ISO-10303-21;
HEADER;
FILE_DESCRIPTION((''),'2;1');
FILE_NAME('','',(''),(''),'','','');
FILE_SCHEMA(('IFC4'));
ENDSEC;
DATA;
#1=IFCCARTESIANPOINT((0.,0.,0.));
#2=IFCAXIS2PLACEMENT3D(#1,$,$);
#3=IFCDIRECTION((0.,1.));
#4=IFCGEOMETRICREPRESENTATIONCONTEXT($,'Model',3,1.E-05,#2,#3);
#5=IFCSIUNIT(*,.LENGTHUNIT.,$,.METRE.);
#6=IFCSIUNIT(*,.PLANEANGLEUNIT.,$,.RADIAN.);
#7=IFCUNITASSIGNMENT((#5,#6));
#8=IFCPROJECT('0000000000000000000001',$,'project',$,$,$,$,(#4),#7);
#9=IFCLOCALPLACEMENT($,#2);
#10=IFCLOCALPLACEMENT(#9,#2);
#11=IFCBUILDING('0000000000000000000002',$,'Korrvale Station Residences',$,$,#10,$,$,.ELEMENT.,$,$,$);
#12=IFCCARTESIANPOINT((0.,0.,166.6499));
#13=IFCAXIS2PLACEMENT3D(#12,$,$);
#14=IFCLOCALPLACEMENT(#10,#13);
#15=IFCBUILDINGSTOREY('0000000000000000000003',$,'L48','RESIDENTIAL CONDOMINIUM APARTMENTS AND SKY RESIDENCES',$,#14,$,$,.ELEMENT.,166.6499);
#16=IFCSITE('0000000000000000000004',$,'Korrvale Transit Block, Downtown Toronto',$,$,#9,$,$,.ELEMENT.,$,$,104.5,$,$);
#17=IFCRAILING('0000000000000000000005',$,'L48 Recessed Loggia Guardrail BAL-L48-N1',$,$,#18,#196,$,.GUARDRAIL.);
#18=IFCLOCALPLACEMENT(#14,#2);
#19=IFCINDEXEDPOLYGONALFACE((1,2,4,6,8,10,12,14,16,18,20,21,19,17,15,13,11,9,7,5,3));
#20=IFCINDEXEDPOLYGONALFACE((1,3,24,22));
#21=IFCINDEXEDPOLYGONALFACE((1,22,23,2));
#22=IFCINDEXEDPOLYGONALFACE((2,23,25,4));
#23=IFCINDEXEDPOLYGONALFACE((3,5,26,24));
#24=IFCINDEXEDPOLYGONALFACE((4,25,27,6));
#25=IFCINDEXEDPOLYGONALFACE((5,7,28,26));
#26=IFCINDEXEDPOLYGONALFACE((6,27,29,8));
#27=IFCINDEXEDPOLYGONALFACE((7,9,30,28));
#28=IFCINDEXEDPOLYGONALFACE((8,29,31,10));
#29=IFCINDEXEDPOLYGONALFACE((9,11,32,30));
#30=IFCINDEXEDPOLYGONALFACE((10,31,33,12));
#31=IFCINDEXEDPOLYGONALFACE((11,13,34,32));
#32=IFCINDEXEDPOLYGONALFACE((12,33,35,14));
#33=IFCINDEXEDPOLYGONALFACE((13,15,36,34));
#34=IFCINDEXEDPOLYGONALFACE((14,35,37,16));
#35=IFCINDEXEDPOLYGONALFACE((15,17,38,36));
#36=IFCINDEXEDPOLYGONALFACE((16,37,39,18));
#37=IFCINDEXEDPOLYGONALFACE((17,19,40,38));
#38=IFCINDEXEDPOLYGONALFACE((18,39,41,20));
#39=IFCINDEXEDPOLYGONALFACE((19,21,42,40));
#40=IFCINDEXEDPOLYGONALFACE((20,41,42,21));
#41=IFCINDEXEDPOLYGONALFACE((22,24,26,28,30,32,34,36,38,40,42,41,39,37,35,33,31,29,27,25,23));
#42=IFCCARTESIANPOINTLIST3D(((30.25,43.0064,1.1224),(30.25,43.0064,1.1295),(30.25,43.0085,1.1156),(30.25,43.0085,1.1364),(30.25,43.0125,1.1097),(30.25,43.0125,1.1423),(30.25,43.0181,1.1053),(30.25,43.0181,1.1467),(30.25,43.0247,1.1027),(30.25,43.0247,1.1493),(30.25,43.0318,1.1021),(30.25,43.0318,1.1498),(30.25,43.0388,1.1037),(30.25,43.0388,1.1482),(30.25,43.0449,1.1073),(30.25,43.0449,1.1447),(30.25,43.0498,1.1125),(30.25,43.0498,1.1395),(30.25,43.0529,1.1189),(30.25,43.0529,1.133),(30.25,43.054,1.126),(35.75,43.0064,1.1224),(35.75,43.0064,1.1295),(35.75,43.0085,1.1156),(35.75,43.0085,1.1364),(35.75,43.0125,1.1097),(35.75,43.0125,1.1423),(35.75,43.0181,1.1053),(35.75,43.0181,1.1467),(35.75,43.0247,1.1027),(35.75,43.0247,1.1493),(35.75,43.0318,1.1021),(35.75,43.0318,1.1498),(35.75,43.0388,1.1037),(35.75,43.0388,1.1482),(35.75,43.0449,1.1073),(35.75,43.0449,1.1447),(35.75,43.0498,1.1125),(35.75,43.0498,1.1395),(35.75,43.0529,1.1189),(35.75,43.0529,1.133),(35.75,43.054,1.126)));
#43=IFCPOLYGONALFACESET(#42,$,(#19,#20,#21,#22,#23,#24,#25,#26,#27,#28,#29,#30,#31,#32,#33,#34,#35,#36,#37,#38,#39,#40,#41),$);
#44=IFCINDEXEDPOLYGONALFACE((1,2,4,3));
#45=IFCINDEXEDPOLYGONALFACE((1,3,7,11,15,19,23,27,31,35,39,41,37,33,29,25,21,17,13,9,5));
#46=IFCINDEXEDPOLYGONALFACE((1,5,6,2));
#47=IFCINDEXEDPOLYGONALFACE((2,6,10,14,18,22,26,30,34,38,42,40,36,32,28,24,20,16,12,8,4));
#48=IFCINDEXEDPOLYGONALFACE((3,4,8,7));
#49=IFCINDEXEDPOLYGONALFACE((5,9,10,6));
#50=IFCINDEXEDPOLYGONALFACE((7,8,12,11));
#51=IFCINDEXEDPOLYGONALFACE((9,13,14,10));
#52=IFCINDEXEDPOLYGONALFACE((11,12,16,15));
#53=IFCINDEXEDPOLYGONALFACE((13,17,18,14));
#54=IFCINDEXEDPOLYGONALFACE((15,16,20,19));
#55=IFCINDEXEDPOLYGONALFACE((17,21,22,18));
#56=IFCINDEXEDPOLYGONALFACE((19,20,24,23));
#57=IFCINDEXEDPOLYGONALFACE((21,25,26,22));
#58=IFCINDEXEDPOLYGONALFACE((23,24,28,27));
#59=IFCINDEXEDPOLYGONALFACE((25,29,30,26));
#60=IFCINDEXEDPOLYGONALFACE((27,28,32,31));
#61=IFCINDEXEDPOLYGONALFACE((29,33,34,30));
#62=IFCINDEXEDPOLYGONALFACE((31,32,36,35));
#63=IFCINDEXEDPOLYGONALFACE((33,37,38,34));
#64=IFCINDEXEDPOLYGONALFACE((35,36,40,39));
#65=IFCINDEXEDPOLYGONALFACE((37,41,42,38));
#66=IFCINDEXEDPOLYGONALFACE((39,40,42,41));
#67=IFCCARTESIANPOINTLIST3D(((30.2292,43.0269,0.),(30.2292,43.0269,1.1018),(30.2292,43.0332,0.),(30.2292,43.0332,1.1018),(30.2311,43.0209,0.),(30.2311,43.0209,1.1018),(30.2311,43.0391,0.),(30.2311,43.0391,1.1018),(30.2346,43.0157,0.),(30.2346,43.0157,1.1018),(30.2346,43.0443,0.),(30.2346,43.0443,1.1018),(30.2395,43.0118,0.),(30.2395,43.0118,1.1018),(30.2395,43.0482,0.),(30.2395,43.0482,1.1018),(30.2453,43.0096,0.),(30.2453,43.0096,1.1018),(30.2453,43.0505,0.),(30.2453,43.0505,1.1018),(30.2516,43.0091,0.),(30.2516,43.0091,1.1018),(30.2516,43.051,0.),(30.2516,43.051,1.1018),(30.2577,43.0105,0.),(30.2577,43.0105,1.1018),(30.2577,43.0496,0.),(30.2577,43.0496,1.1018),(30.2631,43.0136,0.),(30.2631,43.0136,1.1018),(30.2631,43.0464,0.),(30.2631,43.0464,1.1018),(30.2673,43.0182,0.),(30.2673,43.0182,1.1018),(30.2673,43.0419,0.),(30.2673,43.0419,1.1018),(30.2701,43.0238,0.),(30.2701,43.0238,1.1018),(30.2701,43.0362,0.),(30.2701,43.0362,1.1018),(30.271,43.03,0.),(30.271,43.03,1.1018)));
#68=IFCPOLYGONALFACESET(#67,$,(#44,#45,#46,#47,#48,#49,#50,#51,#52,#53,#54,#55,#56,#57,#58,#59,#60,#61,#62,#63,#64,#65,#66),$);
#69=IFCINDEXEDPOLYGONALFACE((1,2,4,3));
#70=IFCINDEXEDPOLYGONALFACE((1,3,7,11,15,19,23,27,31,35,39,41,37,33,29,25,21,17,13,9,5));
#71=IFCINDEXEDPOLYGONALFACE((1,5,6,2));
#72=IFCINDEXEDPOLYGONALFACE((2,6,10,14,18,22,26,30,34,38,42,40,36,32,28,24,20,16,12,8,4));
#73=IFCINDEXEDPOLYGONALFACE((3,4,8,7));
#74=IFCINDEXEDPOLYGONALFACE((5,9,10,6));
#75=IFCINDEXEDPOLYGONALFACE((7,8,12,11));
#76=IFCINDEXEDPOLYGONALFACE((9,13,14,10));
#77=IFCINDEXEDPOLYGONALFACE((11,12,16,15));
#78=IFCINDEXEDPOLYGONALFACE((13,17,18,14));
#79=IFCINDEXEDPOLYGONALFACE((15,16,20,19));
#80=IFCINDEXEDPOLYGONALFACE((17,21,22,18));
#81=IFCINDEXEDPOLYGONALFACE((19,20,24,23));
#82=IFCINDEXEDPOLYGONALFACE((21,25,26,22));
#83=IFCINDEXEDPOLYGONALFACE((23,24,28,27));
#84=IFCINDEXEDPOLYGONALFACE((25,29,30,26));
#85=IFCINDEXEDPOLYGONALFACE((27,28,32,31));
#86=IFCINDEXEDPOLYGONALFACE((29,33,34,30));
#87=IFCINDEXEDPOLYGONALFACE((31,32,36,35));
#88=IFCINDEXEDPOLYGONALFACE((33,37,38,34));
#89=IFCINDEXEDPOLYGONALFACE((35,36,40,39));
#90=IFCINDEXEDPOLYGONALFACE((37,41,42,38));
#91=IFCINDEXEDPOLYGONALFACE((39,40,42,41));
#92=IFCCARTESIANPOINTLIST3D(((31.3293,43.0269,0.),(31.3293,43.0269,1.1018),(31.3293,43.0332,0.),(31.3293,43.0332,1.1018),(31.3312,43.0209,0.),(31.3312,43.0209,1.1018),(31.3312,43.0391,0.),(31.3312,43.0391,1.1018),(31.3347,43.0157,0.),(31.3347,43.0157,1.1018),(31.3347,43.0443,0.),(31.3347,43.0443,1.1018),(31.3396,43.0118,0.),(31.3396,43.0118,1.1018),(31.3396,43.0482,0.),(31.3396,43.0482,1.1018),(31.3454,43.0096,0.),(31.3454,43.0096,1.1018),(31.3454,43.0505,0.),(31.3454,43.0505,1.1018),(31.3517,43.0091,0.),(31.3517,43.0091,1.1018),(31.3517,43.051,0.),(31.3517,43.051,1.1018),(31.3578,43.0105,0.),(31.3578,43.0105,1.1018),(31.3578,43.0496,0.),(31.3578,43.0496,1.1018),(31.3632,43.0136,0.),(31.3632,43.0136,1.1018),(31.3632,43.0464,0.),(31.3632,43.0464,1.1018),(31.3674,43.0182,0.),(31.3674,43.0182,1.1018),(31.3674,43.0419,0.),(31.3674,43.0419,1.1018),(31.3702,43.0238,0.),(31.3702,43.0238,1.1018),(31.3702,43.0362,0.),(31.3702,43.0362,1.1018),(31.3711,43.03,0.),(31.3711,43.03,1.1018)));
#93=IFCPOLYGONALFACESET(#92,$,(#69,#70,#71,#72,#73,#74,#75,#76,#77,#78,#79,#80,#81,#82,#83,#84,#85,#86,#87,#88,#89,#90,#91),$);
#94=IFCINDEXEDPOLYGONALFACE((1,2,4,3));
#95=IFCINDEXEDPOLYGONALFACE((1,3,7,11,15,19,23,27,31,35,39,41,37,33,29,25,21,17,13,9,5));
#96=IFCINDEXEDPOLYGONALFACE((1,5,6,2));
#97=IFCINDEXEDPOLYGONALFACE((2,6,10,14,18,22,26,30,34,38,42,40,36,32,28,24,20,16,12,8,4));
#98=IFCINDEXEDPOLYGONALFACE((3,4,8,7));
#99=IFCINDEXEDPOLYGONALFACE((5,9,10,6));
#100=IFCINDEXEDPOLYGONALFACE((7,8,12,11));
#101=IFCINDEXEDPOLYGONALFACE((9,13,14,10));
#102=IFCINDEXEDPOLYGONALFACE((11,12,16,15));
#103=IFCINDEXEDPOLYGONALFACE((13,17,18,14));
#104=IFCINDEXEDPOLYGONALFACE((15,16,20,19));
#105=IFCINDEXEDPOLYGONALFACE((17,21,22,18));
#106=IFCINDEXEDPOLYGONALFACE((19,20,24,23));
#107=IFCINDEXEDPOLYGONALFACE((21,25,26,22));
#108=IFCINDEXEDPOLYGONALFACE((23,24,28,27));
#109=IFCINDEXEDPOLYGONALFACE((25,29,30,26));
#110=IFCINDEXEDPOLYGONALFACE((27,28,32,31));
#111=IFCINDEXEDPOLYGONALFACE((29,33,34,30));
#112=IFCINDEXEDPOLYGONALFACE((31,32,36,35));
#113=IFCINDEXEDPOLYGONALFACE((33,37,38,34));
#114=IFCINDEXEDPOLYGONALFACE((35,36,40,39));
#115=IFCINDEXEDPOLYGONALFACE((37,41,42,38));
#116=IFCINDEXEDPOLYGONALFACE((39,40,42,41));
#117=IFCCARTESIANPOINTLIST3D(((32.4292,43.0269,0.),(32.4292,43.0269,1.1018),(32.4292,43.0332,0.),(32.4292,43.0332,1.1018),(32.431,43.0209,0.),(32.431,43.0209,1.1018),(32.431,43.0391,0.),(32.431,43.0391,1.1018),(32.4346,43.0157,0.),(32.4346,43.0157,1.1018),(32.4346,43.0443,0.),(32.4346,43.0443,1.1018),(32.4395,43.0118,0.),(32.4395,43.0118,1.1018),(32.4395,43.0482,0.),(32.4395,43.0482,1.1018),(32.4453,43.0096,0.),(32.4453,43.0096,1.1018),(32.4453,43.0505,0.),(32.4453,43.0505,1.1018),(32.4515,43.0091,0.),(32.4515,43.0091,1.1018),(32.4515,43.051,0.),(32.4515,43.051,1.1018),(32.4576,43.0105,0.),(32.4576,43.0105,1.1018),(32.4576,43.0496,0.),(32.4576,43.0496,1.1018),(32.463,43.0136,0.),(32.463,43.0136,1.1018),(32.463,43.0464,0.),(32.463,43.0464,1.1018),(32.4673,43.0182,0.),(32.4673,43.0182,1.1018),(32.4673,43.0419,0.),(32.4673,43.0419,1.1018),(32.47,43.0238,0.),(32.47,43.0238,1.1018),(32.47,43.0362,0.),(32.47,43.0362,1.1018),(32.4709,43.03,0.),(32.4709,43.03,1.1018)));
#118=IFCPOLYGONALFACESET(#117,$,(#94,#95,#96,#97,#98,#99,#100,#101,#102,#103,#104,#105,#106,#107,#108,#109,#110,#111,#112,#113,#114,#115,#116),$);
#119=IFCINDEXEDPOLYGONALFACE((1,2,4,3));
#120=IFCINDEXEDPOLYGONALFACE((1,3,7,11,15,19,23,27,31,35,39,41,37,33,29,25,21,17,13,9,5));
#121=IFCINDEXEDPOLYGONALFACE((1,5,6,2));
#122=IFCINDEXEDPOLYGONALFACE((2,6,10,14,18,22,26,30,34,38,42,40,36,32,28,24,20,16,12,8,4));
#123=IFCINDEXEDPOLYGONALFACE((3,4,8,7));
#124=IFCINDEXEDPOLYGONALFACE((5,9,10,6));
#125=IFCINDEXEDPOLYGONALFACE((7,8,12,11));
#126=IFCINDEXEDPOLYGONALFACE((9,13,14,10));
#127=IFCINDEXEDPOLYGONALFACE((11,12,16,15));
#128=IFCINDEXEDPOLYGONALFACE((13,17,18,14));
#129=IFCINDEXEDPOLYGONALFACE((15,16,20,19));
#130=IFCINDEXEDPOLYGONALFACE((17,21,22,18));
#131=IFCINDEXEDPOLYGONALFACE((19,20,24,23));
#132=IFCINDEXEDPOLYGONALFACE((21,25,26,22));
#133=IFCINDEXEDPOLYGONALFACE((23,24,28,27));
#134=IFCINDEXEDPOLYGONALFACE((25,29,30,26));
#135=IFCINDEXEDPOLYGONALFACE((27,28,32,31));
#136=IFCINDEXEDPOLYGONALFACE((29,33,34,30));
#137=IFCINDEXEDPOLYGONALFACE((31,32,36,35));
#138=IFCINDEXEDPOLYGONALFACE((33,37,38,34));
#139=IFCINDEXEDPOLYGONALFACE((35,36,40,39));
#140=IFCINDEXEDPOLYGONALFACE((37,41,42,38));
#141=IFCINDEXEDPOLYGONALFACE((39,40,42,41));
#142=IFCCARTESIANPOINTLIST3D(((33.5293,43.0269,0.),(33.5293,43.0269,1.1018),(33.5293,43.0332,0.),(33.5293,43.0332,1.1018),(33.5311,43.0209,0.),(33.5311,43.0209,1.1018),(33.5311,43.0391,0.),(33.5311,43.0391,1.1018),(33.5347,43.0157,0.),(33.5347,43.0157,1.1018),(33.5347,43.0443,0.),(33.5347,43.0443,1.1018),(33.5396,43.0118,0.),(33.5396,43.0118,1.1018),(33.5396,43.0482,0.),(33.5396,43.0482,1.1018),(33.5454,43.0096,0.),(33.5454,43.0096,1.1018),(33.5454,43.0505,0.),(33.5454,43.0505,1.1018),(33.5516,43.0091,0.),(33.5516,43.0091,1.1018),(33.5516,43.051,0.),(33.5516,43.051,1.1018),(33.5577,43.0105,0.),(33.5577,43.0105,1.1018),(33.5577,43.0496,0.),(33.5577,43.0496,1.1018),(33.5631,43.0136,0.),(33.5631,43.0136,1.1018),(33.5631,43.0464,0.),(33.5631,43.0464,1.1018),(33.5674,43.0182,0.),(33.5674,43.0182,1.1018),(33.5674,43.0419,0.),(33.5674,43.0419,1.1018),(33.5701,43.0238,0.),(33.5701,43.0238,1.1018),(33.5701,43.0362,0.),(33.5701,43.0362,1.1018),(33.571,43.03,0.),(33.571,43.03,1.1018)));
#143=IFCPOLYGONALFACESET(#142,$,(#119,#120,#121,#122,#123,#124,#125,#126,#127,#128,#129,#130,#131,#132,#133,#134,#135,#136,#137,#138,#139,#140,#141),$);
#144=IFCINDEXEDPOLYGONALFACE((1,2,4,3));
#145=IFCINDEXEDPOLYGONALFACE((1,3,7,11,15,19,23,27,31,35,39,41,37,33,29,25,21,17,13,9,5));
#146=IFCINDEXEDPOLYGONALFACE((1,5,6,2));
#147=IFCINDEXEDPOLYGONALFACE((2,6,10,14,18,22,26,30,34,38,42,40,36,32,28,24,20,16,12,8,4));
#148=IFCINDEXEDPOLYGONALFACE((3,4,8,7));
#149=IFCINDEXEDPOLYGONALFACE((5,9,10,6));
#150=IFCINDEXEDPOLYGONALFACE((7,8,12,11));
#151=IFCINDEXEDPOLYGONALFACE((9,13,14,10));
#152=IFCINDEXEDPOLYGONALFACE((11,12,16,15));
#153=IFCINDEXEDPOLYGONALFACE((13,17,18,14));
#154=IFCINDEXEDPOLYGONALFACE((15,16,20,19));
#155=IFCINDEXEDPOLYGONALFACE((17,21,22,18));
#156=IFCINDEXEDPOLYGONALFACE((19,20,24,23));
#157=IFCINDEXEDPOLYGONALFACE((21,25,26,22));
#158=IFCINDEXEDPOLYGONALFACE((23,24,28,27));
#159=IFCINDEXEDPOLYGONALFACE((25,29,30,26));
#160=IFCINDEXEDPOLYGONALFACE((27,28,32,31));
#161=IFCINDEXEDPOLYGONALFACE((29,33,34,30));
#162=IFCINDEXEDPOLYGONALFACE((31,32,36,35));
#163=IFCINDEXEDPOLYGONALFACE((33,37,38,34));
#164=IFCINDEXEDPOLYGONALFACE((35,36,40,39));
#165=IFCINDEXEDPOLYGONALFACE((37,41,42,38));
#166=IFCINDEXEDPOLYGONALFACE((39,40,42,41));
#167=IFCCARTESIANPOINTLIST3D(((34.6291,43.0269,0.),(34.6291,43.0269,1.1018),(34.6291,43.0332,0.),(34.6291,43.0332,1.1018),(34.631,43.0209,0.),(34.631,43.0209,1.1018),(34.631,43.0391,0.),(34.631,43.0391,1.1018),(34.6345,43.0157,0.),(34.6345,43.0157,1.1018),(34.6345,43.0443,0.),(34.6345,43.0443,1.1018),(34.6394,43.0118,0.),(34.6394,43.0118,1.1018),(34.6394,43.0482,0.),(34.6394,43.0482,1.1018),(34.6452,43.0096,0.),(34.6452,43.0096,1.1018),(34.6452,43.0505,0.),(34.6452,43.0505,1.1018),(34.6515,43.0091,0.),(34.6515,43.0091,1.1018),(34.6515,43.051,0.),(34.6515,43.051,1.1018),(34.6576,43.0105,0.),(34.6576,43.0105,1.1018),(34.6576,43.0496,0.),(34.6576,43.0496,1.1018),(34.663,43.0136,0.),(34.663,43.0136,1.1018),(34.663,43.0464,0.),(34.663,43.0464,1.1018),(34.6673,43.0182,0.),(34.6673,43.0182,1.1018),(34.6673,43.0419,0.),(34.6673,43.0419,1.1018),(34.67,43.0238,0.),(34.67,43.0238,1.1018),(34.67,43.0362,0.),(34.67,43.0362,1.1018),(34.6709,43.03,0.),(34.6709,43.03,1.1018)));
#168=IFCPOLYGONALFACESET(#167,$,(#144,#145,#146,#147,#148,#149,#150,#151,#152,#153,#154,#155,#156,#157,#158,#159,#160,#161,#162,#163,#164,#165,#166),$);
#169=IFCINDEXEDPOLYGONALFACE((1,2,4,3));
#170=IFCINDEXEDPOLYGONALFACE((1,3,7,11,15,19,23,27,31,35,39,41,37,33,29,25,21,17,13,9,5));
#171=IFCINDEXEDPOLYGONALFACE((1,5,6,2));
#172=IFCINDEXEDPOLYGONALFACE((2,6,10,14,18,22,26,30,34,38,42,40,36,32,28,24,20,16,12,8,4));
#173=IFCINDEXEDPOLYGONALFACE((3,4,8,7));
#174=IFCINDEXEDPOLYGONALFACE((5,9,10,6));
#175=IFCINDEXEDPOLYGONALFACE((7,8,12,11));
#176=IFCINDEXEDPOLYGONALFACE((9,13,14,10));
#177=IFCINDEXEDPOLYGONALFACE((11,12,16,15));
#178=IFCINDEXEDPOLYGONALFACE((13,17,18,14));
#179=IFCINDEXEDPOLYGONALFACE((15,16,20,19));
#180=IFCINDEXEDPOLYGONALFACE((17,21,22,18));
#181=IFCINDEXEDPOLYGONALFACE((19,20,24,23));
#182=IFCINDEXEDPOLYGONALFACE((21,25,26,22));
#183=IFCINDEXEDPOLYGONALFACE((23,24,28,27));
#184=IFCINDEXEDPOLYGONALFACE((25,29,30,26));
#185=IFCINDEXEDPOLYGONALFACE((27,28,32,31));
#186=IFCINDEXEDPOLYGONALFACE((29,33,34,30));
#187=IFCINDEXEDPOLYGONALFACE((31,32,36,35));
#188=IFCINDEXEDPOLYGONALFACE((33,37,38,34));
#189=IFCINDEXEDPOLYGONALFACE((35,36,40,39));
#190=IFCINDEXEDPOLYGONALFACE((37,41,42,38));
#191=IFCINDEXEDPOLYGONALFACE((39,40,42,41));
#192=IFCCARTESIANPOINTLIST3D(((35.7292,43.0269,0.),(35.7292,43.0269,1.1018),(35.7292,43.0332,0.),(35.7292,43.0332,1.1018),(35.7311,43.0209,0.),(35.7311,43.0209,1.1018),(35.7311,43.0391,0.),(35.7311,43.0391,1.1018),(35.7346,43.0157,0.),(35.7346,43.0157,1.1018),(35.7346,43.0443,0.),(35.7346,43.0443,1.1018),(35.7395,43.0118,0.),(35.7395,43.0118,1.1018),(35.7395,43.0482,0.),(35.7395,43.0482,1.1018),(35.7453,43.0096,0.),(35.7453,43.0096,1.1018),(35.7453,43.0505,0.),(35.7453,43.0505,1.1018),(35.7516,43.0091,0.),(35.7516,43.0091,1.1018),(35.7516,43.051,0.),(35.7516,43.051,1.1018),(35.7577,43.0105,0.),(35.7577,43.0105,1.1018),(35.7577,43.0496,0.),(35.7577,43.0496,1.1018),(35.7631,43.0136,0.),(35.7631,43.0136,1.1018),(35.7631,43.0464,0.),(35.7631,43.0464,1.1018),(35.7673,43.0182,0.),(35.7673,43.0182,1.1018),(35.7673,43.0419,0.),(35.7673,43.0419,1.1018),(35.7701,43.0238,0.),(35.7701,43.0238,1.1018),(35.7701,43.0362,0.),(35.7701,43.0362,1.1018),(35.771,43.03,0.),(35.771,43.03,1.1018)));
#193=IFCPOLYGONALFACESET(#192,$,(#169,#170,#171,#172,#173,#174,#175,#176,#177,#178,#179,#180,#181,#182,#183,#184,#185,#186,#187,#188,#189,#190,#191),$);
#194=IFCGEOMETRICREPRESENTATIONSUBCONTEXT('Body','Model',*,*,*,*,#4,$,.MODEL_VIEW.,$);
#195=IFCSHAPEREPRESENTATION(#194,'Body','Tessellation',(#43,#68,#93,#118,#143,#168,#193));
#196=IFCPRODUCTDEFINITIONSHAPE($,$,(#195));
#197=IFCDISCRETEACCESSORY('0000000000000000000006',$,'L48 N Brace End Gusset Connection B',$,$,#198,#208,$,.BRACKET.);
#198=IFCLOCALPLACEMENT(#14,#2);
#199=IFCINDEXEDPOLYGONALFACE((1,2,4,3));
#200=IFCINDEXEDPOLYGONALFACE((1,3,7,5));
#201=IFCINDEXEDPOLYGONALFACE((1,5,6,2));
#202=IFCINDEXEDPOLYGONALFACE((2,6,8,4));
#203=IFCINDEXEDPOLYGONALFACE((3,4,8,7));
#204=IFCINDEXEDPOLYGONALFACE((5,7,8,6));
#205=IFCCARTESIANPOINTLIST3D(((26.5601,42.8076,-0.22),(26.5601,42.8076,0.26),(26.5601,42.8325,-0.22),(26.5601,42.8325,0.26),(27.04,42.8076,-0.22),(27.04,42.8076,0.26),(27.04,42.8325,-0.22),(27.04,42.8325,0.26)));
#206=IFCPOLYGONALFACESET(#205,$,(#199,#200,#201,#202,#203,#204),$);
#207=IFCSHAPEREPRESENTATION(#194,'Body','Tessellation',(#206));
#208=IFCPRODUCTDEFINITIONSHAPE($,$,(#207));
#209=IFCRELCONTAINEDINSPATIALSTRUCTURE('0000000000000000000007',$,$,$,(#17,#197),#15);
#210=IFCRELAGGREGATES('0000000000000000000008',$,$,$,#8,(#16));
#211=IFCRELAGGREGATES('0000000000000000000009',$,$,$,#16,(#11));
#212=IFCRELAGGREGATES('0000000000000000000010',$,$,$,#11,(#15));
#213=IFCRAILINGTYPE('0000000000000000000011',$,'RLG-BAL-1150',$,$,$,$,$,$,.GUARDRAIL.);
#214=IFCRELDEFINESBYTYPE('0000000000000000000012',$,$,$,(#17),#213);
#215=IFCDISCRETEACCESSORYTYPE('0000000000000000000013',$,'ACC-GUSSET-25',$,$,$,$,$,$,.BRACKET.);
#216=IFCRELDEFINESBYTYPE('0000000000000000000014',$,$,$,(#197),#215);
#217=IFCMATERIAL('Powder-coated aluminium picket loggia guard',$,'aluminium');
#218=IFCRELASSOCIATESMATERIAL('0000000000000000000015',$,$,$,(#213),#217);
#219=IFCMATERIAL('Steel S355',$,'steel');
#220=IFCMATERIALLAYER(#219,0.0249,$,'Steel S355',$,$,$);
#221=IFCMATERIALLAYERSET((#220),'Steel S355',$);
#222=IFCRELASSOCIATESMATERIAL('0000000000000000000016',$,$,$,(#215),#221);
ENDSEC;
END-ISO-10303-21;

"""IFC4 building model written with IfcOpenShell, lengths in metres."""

from ifc_helpers import new_model, si_unit, direction, frame, origin, origin_2d, place, context, subcontext, project, spatial, rectangle, circle, extrude, material, layer, layer_set, type_object, element, save


model = new_model("IFC4")

# Units and contexts
model_context = context("Model", 3, precision=1e-05, world=origin(), true_north=direction((0.0, 1.0)))
body_context = subcontext(model_context, "Body", "Model", "MODEL_VIEW")
ifc_project = project(units=[si_unit("LENGTHUNIT", "METRE"), si_unit("PLANEANGLEUNIT", "RADIAN")], contexts=[model_context])

# Site, building, storey
site_placement = place(None, origin())
site = spatial("IfcSite", under=ifc_project, at=site_placement, Name="Korrvale Transit Block, Downtown Toronto", CompositionType="ELEMENT", RefElevation=104.5)
building_placement = place(site_placement, origin())
building = spatial("IfcBuilding", under=site, at=building_placement, Name="Korrvale Station Residences", CompositionType="ELEMENT")
storey_placement = place(building_placement, frame((0.0, 0.0, 166.6499)))
storey = spatial("IfcBuildingStorey", under=building, at=storey_placement, Name="L48", Description="RESIDENTIAL CONDOMINIUM APARTMENTS AND SKY RESIDENCES", CompositionType="ELEMENT", Elevation=166.6499)

# Shared definitions
ifc_material_1 = material(Name="Steel S355", Category="steel")

# Railing
ifc_material_2 = material(Name="Powder-coated aluminium picket loggia guard", Category="aluminium")
railing_type = type_object("IfcRailingType", Name="RLG-BAL-1150", PredefinedType="GUARDRAIL", material=ifc_material_2)
railing_placement = place(storey_placement, frame((30.25, 43.03, 0.0)))
element("IfcRailing", 1, at=railing_placement, inside=storey, type_object=railing_type, Name="L48 Recessed Loggia Guardrail BAL-L48-N1", PredefinedType="GUARDRAIL", context=body_context, shape_type="SweptSolid", body=[
    extrude(circle(Radius=0.0239, at=origin_2d()), frame((0.0, 0.0, 1.126), z_axis=(1.0, 0.0, 0.0), x_axis=(0.0, 1.0, 0.0)), (0.0, 0.0, 1.0), 5.5),
    extrude(circle(Radius=0.021, at=origin_2d()), origin(), (0.0, 0.0, 1.0), 1.1018),
    extrude(circle(Radius=0.021, at=origin_2d()), frame((1.1001, 0.0, 0.0)), (0.0, 0.0, 1.0), 1.1018),
    extrude(circle(Radius=0.021, at=origin_2d()), frame((2.2, 0.0, 0.0)), (0.0, 0.0, 1.0), 1.1018),
    extrude(circle(Radius=0.021, at=origin_2d()), frame((3.3, 0.0, 0.0)), (0.0, 0.0, 1.0), 1.1018),
    extrude(circle(Radius=0.021, at=origin_2d()), frame((4.3999, 0.0, 0.0)), (0.0, 0.0, 1.0), 1.1018),
    extrude(circle(Radius=0.021, at=origin_2d()), frame((5.5, 0.0, 0.0)), (0.0, 0.0, 1.0), 1.1018),
])

# Discrete accessory
ifc_layer_1 = layer(ifc_material_1, 0.0249, Name="Steel S355")
ifc_layer_set_1 = layer_set([ifc_layer_1], Name="Steel S355")
discrete_accessory_type = type_object("IfcDiscreteAccessoryType", Name="ACC-GUSSET-25", PredefinedType="BRACKET", material=ifc_layer_set_1)
for number, where, z_axis, x_axis, name in (
    (2, (26.8, 42.8201, -0.22), (0.0, 0.0, 1.0), (1.0, 0.0, 0.0), "L48 N Brace End Gusset Connection B"),
):
    element("IfcDiscreteAccessory", number, at=place(storey_placement, frame(where, z_axis=z_axis, x_axis=x_axis)), inside=storey, type_object=discrete_accessory_type, Name=name, PredefinedType="BRACKET", context=body_context, shape_type="SweptSolid", body=[
        extrude(rectangle(XDim=0.48, YDim=0.0249, at=origin_2d()), origin(), (0.0, 0.0, 1.0), 0.48),
    ])

save(model, "model.ifc")
